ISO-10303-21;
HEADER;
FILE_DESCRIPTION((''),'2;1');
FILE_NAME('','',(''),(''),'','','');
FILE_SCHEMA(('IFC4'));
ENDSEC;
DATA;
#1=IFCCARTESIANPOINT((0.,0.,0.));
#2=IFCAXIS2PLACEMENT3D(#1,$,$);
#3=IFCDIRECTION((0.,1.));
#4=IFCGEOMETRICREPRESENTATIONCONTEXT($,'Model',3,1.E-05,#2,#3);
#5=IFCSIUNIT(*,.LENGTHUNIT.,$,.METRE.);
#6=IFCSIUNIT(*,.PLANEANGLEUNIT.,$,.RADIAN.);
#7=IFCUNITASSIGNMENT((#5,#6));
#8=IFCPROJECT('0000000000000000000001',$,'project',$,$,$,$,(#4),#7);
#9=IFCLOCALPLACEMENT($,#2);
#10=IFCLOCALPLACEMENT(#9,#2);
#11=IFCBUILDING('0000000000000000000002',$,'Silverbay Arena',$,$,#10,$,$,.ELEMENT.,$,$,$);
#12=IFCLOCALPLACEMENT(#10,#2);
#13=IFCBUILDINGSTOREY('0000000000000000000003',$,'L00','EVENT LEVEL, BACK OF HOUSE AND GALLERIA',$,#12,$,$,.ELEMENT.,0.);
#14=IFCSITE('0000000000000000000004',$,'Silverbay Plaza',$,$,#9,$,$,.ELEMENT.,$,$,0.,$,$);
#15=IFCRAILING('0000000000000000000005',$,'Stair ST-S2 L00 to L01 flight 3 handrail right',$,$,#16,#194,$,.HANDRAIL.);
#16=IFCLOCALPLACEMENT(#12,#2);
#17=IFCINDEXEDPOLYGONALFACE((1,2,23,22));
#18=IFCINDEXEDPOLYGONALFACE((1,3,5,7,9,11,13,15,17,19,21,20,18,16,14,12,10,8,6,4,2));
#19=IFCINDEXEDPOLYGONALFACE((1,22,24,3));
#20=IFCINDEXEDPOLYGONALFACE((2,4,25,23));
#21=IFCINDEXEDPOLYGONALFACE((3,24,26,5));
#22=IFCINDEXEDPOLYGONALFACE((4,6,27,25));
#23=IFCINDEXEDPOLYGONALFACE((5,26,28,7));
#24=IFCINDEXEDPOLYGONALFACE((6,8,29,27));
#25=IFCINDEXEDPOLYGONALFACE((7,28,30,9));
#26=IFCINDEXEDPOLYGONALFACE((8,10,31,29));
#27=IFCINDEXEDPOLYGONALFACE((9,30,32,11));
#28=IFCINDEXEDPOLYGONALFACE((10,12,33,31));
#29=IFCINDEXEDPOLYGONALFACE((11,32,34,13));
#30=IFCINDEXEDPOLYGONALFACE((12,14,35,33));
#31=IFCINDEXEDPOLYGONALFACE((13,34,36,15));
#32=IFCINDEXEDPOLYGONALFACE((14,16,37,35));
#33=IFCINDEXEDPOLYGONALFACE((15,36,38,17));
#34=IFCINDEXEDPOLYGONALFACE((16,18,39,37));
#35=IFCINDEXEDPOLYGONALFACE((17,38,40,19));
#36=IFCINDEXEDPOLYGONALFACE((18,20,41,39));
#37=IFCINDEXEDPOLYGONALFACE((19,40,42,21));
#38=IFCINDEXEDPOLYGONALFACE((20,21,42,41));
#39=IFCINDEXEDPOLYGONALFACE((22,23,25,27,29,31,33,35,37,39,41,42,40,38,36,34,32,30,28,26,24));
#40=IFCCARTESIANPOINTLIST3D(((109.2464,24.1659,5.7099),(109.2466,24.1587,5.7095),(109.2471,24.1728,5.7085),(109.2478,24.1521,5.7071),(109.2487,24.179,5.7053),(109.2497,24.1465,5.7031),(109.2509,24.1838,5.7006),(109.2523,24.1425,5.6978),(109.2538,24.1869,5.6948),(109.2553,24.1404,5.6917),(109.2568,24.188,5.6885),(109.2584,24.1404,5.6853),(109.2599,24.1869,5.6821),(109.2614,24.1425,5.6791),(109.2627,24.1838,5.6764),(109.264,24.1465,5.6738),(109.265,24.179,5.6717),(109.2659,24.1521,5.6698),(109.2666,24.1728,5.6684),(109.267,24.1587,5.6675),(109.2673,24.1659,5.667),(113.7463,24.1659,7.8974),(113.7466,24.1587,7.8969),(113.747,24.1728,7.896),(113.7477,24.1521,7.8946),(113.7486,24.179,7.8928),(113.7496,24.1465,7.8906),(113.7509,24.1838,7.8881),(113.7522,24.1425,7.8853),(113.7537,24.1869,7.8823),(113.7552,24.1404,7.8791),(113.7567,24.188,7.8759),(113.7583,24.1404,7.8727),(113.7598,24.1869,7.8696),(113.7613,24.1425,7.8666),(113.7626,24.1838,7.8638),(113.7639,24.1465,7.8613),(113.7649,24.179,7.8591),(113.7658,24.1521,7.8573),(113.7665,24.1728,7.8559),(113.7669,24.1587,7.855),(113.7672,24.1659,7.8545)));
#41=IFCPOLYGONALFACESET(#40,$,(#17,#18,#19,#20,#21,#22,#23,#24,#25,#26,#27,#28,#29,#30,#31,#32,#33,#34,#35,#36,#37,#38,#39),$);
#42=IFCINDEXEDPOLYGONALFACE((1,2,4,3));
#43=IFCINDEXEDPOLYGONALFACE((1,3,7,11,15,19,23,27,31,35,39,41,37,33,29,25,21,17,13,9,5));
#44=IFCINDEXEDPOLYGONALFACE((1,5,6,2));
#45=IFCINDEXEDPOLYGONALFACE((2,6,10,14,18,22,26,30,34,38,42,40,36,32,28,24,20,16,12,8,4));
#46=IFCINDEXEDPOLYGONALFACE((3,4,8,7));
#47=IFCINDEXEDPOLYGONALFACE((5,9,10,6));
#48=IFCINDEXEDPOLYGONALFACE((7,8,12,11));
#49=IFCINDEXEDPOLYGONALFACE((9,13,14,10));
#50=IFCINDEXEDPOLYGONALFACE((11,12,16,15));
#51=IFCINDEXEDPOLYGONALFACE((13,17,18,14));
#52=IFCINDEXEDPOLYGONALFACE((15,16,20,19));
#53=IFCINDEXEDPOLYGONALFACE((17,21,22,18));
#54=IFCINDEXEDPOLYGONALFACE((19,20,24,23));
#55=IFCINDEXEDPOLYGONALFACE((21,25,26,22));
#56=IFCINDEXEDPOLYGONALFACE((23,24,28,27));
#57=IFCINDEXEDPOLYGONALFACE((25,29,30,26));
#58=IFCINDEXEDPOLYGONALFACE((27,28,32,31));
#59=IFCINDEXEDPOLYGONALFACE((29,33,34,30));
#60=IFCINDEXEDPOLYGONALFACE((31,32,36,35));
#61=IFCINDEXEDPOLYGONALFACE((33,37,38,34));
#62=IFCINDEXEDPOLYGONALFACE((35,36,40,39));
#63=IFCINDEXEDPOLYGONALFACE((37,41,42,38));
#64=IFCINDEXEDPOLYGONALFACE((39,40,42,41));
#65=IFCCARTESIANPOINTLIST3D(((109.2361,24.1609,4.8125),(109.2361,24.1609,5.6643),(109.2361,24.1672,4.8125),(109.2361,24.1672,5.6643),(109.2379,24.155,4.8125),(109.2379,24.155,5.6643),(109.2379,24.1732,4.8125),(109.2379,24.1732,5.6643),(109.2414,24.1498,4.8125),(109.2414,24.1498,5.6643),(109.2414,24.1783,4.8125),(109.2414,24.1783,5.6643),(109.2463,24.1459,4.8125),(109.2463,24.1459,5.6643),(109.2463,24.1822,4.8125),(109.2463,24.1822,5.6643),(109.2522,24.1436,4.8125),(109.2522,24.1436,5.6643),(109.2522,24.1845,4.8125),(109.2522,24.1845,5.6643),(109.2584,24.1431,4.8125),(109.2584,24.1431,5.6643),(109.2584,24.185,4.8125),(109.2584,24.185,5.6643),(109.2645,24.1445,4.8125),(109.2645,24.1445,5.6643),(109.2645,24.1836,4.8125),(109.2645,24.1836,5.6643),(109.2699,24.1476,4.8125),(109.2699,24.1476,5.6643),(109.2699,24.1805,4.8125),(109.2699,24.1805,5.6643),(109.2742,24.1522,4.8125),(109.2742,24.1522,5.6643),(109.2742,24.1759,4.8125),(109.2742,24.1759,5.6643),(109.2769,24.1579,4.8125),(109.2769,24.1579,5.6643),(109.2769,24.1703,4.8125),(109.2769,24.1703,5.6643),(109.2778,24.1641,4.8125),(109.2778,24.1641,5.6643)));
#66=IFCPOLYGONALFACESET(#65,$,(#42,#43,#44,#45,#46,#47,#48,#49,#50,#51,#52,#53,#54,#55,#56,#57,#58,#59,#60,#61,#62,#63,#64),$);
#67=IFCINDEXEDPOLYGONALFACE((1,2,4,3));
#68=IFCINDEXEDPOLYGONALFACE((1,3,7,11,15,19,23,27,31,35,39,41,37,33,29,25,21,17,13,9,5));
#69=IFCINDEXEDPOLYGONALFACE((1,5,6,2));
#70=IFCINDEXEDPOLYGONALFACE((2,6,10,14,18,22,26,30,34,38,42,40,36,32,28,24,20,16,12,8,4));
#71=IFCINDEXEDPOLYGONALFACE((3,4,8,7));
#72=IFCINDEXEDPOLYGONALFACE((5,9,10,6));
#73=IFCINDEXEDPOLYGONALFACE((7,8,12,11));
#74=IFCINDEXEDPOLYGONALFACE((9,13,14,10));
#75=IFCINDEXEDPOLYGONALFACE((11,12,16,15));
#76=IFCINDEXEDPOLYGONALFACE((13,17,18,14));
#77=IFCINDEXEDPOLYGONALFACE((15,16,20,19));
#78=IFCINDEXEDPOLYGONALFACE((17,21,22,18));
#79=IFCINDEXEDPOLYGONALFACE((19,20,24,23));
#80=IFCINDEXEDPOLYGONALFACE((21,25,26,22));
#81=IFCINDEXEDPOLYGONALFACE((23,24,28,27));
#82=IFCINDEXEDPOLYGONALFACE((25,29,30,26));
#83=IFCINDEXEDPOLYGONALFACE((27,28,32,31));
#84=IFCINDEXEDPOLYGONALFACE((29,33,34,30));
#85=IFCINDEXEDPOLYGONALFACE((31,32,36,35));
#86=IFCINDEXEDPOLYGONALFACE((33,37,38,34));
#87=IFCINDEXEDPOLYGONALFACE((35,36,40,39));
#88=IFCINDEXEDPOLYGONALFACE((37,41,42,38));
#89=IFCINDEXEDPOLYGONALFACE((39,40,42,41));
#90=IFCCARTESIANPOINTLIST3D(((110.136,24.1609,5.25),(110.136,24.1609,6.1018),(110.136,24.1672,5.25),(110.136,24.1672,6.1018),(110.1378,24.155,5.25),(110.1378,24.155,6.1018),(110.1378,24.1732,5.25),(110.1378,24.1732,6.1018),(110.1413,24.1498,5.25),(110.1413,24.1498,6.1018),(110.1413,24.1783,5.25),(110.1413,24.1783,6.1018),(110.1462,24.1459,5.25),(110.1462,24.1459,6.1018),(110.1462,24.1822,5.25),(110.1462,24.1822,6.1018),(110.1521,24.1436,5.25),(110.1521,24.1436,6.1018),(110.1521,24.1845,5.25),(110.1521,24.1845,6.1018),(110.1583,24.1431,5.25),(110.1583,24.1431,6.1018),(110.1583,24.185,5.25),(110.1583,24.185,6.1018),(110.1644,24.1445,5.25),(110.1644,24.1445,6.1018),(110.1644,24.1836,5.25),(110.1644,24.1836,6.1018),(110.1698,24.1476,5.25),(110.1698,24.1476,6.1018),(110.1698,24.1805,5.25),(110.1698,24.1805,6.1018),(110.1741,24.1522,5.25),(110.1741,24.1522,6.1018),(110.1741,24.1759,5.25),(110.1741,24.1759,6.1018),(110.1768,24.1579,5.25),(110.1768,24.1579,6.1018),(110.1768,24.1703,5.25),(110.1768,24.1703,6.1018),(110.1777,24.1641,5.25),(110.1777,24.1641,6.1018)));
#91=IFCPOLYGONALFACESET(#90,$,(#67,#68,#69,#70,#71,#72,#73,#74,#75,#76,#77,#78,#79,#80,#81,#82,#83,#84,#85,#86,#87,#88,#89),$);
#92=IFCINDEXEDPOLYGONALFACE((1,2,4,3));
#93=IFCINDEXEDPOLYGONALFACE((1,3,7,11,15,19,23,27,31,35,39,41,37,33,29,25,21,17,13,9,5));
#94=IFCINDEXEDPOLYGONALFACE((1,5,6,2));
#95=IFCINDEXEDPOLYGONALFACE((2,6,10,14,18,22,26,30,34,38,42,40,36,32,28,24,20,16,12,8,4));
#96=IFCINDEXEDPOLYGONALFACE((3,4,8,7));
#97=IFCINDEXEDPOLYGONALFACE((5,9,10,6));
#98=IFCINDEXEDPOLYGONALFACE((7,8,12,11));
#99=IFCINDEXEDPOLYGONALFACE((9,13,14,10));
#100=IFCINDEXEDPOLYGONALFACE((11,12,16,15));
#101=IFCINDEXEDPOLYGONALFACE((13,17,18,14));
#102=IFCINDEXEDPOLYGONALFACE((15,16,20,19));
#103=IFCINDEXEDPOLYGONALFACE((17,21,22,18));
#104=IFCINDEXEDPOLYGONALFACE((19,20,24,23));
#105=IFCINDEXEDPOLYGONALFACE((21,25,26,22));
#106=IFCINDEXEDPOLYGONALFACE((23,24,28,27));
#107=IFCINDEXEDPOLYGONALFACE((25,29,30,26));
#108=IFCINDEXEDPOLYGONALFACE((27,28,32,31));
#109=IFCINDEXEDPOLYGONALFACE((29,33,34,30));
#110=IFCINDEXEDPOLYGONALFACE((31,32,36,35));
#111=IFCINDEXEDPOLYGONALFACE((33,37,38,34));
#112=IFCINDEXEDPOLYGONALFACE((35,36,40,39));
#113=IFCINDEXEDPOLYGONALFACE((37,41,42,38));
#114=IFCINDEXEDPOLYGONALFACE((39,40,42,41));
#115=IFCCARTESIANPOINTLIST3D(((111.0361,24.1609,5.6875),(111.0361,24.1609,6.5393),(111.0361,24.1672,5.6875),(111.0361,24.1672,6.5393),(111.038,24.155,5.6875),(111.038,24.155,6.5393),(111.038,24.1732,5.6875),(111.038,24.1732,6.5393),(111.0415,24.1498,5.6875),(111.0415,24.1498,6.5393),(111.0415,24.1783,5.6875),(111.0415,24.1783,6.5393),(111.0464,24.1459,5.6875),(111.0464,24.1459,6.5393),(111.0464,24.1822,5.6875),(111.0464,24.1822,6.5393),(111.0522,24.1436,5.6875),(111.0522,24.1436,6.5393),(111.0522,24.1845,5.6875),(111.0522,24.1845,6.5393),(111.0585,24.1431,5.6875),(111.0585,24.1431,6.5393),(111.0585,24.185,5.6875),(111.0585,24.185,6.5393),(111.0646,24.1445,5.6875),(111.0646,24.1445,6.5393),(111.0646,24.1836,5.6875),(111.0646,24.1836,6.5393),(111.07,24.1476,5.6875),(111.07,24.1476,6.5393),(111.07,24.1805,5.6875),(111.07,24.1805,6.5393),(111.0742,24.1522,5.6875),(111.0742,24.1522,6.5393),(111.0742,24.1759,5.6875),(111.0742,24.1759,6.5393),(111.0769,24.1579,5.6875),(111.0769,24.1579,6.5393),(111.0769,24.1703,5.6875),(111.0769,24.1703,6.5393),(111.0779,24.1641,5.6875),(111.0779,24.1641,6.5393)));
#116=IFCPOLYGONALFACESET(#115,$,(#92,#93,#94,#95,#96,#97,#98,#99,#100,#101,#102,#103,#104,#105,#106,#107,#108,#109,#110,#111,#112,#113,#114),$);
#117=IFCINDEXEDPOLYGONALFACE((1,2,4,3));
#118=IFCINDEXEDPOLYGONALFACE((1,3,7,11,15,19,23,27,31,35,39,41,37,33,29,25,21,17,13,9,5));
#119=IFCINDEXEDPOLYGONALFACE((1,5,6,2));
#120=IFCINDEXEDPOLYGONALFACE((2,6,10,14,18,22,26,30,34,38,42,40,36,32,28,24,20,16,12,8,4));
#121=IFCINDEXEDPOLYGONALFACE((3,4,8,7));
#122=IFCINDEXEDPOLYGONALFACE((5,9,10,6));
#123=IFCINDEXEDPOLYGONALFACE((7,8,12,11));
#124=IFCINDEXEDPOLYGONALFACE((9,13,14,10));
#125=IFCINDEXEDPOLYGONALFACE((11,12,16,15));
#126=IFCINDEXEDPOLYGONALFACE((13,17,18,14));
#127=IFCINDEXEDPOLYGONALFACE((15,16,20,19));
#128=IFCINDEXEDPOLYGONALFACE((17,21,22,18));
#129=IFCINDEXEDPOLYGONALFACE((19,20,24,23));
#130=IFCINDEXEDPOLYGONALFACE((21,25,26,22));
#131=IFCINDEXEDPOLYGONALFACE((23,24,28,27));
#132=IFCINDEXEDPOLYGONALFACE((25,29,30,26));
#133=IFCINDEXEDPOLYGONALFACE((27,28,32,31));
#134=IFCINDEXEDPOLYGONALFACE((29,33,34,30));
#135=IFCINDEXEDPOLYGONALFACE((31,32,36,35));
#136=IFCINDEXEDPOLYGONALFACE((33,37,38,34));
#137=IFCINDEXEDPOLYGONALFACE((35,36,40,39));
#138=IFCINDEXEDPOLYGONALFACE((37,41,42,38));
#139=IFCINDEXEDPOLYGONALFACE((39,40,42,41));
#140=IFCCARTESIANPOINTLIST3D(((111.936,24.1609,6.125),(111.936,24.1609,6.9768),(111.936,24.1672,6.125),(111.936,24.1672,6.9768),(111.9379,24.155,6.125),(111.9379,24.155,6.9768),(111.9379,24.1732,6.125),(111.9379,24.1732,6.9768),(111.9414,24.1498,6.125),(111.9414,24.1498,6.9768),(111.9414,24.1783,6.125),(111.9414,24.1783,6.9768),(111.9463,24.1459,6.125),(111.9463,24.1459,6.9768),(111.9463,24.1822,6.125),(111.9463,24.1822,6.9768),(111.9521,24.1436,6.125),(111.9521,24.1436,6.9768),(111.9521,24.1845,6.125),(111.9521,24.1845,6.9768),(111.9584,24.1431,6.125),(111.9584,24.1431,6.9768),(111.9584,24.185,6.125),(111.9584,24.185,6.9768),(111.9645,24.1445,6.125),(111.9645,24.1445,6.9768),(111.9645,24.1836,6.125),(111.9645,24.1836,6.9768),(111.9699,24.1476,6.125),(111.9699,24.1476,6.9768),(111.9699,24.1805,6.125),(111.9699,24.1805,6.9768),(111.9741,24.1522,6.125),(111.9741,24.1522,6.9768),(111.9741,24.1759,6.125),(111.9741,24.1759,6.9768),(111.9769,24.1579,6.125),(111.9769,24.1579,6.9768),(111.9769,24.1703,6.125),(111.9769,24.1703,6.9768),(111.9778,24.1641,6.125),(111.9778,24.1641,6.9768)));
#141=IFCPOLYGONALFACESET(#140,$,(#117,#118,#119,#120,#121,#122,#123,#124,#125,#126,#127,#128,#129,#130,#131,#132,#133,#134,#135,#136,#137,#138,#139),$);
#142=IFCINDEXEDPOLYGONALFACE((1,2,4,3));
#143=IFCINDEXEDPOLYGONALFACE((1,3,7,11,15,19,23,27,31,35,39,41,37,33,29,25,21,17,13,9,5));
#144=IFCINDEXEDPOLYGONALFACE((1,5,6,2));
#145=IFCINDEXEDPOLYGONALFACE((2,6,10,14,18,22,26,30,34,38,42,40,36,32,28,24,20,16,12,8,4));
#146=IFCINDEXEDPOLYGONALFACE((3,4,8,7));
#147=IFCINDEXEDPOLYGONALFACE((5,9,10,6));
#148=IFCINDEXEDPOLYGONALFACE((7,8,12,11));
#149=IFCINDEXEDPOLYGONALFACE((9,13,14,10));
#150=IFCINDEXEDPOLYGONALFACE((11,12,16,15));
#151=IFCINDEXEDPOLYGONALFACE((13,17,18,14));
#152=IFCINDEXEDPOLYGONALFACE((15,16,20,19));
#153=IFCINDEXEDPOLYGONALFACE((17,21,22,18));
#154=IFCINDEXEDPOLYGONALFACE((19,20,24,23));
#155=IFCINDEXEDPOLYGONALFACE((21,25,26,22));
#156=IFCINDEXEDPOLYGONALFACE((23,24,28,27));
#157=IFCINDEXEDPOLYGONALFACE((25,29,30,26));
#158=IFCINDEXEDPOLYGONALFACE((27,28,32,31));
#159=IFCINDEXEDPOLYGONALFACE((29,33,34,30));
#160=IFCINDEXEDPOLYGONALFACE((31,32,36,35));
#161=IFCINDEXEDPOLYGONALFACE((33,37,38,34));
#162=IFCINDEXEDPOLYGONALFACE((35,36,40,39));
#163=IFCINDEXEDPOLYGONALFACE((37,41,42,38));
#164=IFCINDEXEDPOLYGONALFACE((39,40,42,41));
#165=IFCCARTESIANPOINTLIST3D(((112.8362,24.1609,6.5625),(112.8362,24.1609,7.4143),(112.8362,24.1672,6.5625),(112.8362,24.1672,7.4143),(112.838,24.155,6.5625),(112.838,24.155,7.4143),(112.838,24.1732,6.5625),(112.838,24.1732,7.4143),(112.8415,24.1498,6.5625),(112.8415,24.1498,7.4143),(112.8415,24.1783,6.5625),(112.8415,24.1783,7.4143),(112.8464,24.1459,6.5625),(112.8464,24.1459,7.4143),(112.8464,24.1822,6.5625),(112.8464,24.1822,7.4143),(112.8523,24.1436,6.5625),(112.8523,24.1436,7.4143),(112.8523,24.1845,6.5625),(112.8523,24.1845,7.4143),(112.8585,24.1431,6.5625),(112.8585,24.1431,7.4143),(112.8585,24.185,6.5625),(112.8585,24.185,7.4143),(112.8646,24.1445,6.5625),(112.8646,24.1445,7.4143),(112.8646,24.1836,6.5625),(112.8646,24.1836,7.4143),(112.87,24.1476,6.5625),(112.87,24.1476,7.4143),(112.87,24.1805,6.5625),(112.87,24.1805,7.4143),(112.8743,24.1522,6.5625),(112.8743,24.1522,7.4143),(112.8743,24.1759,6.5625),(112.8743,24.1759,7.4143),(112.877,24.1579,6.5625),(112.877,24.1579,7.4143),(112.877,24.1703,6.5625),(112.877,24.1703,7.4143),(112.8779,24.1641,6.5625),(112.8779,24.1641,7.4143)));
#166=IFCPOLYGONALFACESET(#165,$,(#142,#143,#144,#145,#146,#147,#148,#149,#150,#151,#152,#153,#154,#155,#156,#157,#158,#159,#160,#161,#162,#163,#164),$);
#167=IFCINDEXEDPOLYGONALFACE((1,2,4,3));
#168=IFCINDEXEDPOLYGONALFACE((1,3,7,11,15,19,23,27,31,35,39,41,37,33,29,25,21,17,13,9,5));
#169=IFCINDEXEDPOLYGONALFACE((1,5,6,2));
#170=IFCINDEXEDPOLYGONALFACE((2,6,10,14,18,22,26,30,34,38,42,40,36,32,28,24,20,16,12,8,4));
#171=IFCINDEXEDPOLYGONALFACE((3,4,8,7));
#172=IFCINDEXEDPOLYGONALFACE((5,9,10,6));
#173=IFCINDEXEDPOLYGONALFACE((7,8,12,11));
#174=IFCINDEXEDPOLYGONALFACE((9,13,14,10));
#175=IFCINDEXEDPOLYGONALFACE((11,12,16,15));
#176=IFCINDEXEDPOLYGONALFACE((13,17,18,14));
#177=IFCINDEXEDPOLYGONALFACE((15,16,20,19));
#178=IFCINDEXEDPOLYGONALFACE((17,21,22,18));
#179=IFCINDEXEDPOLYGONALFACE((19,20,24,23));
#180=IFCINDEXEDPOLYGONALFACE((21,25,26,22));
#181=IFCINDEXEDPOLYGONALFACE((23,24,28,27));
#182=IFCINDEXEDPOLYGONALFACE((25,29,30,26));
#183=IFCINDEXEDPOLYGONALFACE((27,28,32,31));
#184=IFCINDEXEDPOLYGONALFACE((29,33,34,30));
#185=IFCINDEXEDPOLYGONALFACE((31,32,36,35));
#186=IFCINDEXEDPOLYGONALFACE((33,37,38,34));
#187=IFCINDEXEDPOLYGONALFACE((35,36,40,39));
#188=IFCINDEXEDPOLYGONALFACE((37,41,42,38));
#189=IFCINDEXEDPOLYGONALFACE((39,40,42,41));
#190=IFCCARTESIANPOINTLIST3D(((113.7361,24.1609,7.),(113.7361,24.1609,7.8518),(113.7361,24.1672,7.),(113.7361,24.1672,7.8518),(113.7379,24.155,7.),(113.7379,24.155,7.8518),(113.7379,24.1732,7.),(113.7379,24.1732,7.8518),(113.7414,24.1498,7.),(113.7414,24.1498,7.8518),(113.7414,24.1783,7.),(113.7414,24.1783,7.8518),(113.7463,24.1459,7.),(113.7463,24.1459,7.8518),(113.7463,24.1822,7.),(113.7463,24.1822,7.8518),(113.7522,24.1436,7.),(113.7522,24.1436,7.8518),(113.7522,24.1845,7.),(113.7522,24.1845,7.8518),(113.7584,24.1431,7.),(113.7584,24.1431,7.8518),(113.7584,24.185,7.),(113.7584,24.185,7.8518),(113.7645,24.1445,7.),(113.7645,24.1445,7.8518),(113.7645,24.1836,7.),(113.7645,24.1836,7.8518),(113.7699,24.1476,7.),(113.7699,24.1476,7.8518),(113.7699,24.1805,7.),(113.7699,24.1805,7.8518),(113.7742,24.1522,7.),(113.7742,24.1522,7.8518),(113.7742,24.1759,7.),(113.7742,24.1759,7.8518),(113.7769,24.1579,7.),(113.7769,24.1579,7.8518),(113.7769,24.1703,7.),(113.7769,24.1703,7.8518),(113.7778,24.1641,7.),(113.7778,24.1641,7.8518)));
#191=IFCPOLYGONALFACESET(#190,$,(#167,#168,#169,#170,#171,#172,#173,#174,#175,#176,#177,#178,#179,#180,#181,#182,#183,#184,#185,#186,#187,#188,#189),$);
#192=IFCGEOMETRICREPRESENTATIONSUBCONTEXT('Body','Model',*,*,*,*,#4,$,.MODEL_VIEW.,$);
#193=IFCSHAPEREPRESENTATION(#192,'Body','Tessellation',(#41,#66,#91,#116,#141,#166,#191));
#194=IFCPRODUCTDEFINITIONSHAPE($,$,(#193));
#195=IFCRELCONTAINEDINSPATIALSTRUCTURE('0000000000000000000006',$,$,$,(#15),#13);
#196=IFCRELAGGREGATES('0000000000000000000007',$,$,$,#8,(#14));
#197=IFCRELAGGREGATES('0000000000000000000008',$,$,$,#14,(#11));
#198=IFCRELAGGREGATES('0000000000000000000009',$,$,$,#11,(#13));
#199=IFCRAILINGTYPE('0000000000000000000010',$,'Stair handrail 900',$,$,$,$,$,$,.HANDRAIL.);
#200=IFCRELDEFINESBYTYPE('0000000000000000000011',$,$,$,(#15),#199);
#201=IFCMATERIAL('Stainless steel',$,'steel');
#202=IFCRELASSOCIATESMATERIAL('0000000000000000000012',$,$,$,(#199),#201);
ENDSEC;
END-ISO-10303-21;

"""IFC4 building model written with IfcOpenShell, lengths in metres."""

from ifc_helpers import new_model, si_unit, direction, frame, origin, origin_2d, place, context, subcontext, project, spatial, circle, extrude, material, type_object, element, save


model = new_model("IFC4")

# Units and contexts
model_context = context("Model", 3, precision=1e-05, world=origin(), true_north=direction((0.0, 1.0)))
body_context = subcontext(model_context, "Body", "Model", "MODEL_VIEW")
ifc_project = project(units=[si_unit("LENGTHUNIT", "METRE"), si_unit("PLANEANGLEUNIT", "RADIAN")], contexts=[model_context])

# Site, building, storey
site_placement = place(None, origin())
site = spatial("IfcSite", under=ifc_project, at=site_placement, Name="Silverbay Plaza", CompositionType="ELEMENT", RefElevation=0.0)
building_placement = place(site_placement, origin())
building = spatial("IfcBuilding", under=site, at=building_placement, Name="Silverbay Arena", CompositionType="ELEMENT")
storey_placement = place(building_placement, origin())
storey = spatial("IfcBuildingStorey", under=building, at=storey_placement, Name="L00", Description="EVENT LEVEL, BACK OF HOUSE AND GALLERIA", CompositionType="ELEMENT", Elevation=0.0)

# Railing
ifc_material_1 = material(Name="Stainless steel", Category="steel")
railing_type_1 = type_object("IfcRailingType", Name="Stair handrail 900", PredefinedType="HANDRAIL", material=ifc_material_1)
for number, where, name in (
    (1, (109.2568, 24.1641, 4.8125), "Stair ST-S2 L00 to L01 flight 3 handrail right"),
):
    element("IfcRailing", number, at=place(storey_placement, frame(where)), inside=storey, type_object=railing_type_1, Name=name, PredefinedType="HANDRAIL", context=body_context, shape_type="SweptSolid", body=[
        extrude(circle(Radius=0.0239, at=origin_2d()), frame((0.0, 0.0, 0.876), z_axis=(0.899368, 0.0, 0.437193), x_axis=(0.0, 1.0, 0.0)), (0.0, 0.0, 1.0), 5.0034),
        extrude(circle(Radius=0.021, at=origin_2d()), origin(), (0.0, 0.0, 1.0), 0.8518),
        extrude(circle(Radius=0.021, at=origin_2d()), frame((0.8999, 0.0, 0.4375)), (0.0, 0.0, 1.0), 0.8518),
        extrude(circle(Radius=0.021, at=origin_2d()), frame((1.8, 0.0, 0.875)), (0.0, 0.0, 1.0), 0.8518),
        extrude(circle(Radius=0.021, at=origin_2d()), frame((2.7, 0.0, 1.3125)), (0.0, 0.0, 1.0), 0.8518),
        extrude(circle(Radius=0.021, at=origin_2d()), frame((3.6001, 0.0, 1.75)), (0.0, 0.0, 1.0), 0.8518),
        extrude(circle(Radius=0.021, at=origin_2d()), frame((4.5, 0.0, 2.1875)), (0.0, 0.0, 1.0), 0.8518),
    ])

save(model, "model.ifc")
